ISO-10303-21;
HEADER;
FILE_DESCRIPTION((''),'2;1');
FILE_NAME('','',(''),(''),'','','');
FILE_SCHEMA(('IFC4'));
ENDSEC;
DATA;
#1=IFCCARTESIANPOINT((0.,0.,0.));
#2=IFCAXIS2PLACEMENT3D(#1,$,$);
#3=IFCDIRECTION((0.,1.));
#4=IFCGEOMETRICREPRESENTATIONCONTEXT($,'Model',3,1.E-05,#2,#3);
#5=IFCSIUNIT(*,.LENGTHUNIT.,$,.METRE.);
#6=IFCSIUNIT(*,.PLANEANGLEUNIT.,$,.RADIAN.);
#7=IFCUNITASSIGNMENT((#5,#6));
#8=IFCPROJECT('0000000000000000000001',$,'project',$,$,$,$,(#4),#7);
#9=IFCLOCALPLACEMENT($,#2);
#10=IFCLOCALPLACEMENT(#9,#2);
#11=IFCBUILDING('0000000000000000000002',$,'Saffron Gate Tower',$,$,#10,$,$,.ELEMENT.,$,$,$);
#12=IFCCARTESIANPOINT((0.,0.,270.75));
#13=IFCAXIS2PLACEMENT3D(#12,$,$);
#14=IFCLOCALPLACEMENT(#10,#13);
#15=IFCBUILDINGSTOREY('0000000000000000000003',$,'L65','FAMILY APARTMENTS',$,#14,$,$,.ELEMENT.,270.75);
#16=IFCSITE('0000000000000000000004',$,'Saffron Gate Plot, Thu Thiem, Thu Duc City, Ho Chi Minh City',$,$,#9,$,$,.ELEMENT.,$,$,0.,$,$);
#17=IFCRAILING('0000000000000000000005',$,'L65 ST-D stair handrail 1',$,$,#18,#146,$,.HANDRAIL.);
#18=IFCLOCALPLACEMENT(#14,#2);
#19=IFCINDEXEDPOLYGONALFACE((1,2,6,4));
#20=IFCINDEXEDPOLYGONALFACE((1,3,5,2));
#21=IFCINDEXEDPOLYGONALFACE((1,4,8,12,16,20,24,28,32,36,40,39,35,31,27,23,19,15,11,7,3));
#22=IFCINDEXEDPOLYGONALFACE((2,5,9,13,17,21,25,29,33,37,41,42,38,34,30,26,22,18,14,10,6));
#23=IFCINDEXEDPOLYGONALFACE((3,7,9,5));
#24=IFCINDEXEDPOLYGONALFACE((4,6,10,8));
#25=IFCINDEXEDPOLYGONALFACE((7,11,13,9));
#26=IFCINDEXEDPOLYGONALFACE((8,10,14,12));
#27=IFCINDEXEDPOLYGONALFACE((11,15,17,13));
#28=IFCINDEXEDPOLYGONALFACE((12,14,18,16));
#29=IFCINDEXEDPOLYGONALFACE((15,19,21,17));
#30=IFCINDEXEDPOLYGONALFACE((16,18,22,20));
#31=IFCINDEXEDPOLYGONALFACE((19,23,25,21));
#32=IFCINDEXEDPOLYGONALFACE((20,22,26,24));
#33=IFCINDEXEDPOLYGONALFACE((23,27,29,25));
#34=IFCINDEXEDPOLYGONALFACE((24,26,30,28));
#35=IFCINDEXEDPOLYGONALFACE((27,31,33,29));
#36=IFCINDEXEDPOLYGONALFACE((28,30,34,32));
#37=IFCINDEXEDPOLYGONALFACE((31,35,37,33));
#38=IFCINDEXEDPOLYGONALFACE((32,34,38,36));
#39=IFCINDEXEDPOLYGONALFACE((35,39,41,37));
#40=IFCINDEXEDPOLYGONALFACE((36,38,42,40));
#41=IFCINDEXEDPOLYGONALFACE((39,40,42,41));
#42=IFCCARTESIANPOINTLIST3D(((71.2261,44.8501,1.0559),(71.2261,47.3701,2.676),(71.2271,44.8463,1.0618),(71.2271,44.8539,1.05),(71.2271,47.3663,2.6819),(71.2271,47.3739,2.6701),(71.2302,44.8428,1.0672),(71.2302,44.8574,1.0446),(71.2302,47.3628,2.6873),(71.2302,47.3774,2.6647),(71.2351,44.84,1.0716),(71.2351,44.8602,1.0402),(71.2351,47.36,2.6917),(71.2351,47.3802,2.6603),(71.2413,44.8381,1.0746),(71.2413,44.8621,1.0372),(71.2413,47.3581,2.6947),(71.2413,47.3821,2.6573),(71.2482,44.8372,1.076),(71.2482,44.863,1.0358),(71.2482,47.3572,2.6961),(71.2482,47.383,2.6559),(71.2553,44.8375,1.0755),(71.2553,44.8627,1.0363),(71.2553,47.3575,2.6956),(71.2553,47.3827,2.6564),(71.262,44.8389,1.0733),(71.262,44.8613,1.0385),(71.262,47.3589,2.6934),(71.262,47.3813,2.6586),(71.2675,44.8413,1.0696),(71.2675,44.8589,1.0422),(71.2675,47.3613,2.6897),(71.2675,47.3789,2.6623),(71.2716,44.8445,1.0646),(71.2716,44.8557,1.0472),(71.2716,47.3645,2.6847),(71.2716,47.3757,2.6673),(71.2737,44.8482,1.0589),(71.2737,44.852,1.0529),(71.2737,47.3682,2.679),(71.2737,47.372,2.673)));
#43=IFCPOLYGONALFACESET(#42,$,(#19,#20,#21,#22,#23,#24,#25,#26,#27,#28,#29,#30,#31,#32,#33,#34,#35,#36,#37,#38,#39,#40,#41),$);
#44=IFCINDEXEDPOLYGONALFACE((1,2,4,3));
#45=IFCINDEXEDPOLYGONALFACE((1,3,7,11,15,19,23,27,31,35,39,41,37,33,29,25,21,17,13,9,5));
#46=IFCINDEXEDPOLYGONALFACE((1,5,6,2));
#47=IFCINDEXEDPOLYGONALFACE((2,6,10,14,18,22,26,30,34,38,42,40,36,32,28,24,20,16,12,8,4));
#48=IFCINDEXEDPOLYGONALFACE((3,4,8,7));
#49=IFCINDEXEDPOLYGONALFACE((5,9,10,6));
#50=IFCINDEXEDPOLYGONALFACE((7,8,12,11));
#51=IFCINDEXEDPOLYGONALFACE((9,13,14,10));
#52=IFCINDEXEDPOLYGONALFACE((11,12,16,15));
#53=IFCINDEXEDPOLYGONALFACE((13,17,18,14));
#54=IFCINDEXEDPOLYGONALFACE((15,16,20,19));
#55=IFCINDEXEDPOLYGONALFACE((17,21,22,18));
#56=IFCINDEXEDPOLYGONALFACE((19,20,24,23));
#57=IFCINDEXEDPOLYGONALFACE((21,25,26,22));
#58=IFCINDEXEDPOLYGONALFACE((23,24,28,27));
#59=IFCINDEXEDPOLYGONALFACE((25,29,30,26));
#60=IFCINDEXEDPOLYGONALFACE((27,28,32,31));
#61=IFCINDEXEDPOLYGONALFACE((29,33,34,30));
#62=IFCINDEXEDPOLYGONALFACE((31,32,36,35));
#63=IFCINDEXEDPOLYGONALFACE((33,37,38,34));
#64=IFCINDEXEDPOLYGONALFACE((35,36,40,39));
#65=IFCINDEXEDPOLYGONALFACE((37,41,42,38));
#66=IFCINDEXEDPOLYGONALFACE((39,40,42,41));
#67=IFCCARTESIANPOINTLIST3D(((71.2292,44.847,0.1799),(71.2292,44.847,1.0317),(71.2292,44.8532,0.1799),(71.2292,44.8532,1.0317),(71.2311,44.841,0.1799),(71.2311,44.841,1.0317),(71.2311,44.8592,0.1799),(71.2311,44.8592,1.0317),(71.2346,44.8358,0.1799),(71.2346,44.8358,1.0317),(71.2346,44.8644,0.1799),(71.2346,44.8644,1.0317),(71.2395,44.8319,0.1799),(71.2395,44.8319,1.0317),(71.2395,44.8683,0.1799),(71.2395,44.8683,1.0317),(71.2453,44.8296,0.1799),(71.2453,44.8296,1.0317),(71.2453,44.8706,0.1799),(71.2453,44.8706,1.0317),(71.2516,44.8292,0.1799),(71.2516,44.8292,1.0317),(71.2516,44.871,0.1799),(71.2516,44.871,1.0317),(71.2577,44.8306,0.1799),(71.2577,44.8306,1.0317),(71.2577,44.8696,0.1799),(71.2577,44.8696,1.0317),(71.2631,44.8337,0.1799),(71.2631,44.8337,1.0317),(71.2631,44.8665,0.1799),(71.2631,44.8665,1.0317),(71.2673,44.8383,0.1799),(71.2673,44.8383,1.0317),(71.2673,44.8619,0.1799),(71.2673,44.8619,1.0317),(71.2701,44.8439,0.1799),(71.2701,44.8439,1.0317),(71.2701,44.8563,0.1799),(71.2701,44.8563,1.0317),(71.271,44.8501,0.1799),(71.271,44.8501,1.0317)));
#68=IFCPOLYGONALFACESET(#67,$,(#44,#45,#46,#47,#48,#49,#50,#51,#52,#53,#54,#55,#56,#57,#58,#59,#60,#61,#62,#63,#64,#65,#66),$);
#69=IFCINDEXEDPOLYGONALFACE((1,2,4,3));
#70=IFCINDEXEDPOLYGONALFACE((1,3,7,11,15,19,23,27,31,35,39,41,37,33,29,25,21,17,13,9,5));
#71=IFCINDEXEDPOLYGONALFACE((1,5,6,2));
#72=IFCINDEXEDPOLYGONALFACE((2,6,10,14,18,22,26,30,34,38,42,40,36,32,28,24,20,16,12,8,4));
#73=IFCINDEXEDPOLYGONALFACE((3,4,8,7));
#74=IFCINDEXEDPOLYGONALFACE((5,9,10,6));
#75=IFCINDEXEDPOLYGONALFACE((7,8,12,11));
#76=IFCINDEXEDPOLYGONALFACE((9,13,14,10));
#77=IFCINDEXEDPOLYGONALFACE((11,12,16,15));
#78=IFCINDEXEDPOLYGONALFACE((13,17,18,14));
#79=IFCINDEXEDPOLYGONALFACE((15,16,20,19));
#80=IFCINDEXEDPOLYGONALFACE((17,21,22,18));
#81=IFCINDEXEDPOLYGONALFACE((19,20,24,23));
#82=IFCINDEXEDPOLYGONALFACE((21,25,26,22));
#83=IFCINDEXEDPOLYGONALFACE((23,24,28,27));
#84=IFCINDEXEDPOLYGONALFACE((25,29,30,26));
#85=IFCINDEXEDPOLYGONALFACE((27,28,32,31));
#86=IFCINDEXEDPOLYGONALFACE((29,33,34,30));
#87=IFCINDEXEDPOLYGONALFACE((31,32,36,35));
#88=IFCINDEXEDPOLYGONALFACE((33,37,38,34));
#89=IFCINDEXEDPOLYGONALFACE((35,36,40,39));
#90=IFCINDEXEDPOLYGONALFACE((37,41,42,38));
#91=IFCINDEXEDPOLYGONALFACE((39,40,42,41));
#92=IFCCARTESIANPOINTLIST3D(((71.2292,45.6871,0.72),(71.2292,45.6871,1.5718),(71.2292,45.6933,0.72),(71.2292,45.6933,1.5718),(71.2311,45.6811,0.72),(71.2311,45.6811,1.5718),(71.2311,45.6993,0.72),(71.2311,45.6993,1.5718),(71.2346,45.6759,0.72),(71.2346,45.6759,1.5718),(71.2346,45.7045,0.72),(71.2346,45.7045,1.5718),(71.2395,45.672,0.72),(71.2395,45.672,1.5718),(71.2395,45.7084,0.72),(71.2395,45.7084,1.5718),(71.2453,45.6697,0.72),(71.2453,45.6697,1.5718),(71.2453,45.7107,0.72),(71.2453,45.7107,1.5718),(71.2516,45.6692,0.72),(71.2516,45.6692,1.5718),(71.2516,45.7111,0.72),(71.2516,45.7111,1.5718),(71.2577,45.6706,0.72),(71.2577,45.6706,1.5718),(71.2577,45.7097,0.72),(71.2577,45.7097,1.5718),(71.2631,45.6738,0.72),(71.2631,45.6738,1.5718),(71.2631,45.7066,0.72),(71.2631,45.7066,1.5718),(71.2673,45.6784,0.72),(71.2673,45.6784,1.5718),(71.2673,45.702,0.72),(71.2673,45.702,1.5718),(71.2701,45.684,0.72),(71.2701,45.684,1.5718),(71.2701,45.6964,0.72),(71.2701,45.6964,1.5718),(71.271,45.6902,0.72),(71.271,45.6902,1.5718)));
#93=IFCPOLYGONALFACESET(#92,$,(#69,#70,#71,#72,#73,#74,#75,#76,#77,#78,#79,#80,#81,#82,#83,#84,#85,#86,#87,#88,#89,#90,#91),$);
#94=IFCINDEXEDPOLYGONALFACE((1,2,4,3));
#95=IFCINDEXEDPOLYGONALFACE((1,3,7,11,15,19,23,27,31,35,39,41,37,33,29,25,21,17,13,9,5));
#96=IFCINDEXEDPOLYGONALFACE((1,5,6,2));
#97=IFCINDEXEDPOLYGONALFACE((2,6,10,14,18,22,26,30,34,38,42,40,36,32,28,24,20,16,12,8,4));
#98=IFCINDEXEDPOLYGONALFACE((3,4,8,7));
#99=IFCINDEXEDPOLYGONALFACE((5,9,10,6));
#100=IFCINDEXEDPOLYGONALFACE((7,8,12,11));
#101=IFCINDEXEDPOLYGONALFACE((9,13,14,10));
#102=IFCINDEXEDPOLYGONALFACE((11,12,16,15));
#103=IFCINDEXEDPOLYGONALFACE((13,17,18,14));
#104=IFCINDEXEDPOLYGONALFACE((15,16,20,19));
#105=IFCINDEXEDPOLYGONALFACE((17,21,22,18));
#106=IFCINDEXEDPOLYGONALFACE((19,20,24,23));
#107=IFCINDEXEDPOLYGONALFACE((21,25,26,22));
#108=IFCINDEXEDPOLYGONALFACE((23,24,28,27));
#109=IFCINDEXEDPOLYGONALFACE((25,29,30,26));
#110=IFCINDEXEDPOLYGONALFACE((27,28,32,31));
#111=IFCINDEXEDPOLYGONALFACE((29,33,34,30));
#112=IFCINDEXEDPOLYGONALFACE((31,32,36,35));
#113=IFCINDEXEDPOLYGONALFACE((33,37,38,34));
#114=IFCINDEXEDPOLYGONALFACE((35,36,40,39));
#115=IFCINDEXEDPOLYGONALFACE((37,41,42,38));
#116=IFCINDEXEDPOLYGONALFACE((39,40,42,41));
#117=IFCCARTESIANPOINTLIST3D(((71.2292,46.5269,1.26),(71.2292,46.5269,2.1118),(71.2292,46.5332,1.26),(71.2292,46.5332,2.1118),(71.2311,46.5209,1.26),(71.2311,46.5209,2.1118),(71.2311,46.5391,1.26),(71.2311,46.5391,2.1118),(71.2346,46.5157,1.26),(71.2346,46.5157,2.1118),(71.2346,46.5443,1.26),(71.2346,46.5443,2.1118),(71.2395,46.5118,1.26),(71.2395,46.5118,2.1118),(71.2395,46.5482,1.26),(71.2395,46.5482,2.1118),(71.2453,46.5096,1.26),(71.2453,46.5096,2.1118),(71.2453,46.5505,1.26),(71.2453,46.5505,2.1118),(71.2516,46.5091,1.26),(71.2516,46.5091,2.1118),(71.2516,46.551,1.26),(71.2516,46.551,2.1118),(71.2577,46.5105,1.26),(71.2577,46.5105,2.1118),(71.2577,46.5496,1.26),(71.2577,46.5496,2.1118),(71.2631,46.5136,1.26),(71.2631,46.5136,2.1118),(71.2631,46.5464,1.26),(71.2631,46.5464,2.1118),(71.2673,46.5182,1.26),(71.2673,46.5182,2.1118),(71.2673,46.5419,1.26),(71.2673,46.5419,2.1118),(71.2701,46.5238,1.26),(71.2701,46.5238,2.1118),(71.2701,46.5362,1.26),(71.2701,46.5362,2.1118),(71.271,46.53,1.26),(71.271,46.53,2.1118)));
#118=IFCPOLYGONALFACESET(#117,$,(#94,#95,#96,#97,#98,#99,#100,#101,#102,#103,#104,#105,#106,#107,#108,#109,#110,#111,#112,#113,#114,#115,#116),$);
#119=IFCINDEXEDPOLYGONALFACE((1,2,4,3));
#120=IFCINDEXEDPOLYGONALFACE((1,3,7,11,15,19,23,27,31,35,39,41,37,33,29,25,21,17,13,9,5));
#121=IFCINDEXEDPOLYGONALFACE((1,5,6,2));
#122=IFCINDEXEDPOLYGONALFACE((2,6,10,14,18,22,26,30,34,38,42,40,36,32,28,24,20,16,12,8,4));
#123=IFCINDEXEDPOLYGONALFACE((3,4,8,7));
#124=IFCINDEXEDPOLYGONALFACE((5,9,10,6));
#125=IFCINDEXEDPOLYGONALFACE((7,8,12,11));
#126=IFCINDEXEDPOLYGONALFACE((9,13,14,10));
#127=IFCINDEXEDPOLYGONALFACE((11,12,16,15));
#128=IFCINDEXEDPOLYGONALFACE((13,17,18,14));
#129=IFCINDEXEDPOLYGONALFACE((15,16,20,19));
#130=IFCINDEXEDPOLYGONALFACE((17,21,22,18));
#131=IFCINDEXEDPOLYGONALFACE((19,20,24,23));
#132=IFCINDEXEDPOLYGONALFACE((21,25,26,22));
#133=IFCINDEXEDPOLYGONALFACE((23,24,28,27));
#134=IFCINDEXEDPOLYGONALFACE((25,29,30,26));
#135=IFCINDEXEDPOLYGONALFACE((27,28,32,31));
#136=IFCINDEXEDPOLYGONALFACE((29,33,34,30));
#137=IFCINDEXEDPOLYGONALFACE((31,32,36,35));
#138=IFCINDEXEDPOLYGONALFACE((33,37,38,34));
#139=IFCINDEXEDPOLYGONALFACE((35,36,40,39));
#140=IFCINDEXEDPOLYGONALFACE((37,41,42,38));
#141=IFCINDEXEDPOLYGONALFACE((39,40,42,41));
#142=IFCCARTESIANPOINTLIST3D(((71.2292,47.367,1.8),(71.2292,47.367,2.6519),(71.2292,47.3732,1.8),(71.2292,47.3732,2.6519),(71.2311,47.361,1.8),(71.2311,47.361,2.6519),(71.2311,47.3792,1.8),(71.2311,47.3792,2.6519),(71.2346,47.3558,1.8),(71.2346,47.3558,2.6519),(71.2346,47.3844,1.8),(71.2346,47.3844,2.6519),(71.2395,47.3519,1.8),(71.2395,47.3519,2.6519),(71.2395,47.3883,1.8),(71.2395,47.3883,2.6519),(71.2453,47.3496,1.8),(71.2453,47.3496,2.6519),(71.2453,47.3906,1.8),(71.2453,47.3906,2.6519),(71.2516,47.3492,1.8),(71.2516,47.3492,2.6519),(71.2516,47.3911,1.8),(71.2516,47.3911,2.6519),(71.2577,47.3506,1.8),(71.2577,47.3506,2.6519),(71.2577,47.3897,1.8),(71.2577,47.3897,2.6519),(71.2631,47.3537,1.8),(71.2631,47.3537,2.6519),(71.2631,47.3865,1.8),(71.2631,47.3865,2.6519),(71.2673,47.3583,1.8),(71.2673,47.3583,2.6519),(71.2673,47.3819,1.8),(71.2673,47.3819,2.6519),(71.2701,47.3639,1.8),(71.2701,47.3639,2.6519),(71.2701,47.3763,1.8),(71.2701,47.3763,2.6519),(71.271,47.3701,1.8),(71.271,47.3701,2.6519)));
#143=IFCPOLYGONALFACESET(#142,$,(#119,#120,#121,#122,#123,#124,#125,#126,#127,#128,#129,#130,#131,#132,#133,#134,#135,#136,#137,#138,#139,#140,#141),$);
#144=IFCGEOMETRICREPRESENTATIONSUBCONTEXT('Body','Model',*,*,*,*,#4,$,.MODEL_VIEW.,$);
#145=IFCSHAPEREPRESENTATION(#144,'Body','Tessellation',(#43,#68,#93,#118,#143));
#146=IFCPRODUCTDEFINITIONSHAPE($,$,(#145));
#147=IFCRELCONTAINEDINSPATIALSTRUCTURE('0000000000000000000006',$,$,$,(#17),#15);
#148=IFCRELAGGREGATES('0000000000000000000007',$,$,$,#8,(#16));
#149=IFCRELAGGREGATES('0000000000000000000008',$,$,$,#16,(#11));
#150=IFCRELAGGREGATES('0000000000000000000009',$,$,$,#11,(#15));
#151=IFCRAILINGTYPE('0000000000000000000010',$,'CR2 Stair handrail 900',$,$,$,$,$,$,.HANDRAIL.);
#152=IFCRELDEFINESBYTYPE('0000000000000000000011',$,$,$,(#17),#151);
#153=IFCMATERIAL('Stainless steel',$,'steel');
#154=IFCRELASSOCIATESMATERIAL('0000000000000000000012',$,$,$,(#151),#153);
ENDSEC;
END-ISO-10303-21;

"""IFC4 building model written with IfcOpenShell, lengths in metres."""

from ifc_helpers import new_model, si_unit, direction, frame, origin, origin_2d, place, context, subcontext, project, spatial, circle, extrude, material, type_object, element, save


model = new_model("IFC4")

# Units and contexts
model_context = context("Model", 3, precision=1e-05, world=origin(), true_north=direction((0.0, 1.0)))
body_context = subcontext(model_context, "Body", "Model", "MODEL_VIEW")
ifc_project = project(units=[si_unit("LENGTHUNIT", "METRE"), si_unit("PLANEANGLEUNIT", "RADIAN")], contexts=[model_context])

# Site, building, storey
site_placement = place(None, origin())
site = spatial("IfcSite", under=ifc_project, at=site_placement, Name="Saffron Gate Plot, Thu Thiem, Thu Duc City, Ho Chi Minh City", CompositionType="ELEMENT", RefElevation=0.0)
building_placement = place(site_placement, origin())
building = spatial("IfcBuilding", under=site, at=building_placement, Name="Saffron Gate Tower", CompositionType="ELEMENT")
storey_placement = place(building_placement, frame((0.0, 0.0, 270.75)))
storey = spatial("IfcBuildingStorey", under=building, at=storey_placement, Name="L65", Description="FAMILY APARTMENTS", CompositionType="ELEMENT", Elevation=270.75)

# Railing
ifc_material_1 = material(Name="Stainless steel", Category="steel")
railing_type_1 = type_object("IfcRailingType", Name="CR2 Stair handrail 900", PredefinedType="HANDRAIL", material=ifc_material_1)
railing_1_placement = place(storey_placement, frame((71.25, 44.8501, 0.1799)))
element("IfcRailing", 1, at=railing_1_placement, inside=storey, type_object=railing_type_1, Name="L65 ST-D stair handrail 1", PredefinedType="HANDRAIL", context=body_context, shape_type="SweptSolid", body=[
    extrude(circle(Radius=0.0239, at=origin_2d()), frame((0.0, 0.0, 0.876), z_axis=(0.0, 0.841163, 0.540782), x_axis=(-1.0, 0.0, 0.0)), (0.0, 0.0, 1.0), 2.9958),
    extrude(circle(Radius=0.021, at=origin_2d()), origin(), (0.0, 0.0, 1.0), 0.8518),
    extrude(circle(Radius=0.021, at=origin_2d()), frame((0.0, 0.8401, 0.54)), (0.0, 0.0, 1.0), 0.8518),
    extrude(circle(Radius=0.021, at=origin_2d()), frame((0.0, 1.6799, 1.0801)), (0.0, 0.0, 1.0), 0.8518),
    extrude(circle(Radius=0.021, at=origin_2d()), frame((0.0, 2.52, 1.6201)), (0.0, 0.0, 1.0), 0.8518),
])

save(model, "model.ifc")
